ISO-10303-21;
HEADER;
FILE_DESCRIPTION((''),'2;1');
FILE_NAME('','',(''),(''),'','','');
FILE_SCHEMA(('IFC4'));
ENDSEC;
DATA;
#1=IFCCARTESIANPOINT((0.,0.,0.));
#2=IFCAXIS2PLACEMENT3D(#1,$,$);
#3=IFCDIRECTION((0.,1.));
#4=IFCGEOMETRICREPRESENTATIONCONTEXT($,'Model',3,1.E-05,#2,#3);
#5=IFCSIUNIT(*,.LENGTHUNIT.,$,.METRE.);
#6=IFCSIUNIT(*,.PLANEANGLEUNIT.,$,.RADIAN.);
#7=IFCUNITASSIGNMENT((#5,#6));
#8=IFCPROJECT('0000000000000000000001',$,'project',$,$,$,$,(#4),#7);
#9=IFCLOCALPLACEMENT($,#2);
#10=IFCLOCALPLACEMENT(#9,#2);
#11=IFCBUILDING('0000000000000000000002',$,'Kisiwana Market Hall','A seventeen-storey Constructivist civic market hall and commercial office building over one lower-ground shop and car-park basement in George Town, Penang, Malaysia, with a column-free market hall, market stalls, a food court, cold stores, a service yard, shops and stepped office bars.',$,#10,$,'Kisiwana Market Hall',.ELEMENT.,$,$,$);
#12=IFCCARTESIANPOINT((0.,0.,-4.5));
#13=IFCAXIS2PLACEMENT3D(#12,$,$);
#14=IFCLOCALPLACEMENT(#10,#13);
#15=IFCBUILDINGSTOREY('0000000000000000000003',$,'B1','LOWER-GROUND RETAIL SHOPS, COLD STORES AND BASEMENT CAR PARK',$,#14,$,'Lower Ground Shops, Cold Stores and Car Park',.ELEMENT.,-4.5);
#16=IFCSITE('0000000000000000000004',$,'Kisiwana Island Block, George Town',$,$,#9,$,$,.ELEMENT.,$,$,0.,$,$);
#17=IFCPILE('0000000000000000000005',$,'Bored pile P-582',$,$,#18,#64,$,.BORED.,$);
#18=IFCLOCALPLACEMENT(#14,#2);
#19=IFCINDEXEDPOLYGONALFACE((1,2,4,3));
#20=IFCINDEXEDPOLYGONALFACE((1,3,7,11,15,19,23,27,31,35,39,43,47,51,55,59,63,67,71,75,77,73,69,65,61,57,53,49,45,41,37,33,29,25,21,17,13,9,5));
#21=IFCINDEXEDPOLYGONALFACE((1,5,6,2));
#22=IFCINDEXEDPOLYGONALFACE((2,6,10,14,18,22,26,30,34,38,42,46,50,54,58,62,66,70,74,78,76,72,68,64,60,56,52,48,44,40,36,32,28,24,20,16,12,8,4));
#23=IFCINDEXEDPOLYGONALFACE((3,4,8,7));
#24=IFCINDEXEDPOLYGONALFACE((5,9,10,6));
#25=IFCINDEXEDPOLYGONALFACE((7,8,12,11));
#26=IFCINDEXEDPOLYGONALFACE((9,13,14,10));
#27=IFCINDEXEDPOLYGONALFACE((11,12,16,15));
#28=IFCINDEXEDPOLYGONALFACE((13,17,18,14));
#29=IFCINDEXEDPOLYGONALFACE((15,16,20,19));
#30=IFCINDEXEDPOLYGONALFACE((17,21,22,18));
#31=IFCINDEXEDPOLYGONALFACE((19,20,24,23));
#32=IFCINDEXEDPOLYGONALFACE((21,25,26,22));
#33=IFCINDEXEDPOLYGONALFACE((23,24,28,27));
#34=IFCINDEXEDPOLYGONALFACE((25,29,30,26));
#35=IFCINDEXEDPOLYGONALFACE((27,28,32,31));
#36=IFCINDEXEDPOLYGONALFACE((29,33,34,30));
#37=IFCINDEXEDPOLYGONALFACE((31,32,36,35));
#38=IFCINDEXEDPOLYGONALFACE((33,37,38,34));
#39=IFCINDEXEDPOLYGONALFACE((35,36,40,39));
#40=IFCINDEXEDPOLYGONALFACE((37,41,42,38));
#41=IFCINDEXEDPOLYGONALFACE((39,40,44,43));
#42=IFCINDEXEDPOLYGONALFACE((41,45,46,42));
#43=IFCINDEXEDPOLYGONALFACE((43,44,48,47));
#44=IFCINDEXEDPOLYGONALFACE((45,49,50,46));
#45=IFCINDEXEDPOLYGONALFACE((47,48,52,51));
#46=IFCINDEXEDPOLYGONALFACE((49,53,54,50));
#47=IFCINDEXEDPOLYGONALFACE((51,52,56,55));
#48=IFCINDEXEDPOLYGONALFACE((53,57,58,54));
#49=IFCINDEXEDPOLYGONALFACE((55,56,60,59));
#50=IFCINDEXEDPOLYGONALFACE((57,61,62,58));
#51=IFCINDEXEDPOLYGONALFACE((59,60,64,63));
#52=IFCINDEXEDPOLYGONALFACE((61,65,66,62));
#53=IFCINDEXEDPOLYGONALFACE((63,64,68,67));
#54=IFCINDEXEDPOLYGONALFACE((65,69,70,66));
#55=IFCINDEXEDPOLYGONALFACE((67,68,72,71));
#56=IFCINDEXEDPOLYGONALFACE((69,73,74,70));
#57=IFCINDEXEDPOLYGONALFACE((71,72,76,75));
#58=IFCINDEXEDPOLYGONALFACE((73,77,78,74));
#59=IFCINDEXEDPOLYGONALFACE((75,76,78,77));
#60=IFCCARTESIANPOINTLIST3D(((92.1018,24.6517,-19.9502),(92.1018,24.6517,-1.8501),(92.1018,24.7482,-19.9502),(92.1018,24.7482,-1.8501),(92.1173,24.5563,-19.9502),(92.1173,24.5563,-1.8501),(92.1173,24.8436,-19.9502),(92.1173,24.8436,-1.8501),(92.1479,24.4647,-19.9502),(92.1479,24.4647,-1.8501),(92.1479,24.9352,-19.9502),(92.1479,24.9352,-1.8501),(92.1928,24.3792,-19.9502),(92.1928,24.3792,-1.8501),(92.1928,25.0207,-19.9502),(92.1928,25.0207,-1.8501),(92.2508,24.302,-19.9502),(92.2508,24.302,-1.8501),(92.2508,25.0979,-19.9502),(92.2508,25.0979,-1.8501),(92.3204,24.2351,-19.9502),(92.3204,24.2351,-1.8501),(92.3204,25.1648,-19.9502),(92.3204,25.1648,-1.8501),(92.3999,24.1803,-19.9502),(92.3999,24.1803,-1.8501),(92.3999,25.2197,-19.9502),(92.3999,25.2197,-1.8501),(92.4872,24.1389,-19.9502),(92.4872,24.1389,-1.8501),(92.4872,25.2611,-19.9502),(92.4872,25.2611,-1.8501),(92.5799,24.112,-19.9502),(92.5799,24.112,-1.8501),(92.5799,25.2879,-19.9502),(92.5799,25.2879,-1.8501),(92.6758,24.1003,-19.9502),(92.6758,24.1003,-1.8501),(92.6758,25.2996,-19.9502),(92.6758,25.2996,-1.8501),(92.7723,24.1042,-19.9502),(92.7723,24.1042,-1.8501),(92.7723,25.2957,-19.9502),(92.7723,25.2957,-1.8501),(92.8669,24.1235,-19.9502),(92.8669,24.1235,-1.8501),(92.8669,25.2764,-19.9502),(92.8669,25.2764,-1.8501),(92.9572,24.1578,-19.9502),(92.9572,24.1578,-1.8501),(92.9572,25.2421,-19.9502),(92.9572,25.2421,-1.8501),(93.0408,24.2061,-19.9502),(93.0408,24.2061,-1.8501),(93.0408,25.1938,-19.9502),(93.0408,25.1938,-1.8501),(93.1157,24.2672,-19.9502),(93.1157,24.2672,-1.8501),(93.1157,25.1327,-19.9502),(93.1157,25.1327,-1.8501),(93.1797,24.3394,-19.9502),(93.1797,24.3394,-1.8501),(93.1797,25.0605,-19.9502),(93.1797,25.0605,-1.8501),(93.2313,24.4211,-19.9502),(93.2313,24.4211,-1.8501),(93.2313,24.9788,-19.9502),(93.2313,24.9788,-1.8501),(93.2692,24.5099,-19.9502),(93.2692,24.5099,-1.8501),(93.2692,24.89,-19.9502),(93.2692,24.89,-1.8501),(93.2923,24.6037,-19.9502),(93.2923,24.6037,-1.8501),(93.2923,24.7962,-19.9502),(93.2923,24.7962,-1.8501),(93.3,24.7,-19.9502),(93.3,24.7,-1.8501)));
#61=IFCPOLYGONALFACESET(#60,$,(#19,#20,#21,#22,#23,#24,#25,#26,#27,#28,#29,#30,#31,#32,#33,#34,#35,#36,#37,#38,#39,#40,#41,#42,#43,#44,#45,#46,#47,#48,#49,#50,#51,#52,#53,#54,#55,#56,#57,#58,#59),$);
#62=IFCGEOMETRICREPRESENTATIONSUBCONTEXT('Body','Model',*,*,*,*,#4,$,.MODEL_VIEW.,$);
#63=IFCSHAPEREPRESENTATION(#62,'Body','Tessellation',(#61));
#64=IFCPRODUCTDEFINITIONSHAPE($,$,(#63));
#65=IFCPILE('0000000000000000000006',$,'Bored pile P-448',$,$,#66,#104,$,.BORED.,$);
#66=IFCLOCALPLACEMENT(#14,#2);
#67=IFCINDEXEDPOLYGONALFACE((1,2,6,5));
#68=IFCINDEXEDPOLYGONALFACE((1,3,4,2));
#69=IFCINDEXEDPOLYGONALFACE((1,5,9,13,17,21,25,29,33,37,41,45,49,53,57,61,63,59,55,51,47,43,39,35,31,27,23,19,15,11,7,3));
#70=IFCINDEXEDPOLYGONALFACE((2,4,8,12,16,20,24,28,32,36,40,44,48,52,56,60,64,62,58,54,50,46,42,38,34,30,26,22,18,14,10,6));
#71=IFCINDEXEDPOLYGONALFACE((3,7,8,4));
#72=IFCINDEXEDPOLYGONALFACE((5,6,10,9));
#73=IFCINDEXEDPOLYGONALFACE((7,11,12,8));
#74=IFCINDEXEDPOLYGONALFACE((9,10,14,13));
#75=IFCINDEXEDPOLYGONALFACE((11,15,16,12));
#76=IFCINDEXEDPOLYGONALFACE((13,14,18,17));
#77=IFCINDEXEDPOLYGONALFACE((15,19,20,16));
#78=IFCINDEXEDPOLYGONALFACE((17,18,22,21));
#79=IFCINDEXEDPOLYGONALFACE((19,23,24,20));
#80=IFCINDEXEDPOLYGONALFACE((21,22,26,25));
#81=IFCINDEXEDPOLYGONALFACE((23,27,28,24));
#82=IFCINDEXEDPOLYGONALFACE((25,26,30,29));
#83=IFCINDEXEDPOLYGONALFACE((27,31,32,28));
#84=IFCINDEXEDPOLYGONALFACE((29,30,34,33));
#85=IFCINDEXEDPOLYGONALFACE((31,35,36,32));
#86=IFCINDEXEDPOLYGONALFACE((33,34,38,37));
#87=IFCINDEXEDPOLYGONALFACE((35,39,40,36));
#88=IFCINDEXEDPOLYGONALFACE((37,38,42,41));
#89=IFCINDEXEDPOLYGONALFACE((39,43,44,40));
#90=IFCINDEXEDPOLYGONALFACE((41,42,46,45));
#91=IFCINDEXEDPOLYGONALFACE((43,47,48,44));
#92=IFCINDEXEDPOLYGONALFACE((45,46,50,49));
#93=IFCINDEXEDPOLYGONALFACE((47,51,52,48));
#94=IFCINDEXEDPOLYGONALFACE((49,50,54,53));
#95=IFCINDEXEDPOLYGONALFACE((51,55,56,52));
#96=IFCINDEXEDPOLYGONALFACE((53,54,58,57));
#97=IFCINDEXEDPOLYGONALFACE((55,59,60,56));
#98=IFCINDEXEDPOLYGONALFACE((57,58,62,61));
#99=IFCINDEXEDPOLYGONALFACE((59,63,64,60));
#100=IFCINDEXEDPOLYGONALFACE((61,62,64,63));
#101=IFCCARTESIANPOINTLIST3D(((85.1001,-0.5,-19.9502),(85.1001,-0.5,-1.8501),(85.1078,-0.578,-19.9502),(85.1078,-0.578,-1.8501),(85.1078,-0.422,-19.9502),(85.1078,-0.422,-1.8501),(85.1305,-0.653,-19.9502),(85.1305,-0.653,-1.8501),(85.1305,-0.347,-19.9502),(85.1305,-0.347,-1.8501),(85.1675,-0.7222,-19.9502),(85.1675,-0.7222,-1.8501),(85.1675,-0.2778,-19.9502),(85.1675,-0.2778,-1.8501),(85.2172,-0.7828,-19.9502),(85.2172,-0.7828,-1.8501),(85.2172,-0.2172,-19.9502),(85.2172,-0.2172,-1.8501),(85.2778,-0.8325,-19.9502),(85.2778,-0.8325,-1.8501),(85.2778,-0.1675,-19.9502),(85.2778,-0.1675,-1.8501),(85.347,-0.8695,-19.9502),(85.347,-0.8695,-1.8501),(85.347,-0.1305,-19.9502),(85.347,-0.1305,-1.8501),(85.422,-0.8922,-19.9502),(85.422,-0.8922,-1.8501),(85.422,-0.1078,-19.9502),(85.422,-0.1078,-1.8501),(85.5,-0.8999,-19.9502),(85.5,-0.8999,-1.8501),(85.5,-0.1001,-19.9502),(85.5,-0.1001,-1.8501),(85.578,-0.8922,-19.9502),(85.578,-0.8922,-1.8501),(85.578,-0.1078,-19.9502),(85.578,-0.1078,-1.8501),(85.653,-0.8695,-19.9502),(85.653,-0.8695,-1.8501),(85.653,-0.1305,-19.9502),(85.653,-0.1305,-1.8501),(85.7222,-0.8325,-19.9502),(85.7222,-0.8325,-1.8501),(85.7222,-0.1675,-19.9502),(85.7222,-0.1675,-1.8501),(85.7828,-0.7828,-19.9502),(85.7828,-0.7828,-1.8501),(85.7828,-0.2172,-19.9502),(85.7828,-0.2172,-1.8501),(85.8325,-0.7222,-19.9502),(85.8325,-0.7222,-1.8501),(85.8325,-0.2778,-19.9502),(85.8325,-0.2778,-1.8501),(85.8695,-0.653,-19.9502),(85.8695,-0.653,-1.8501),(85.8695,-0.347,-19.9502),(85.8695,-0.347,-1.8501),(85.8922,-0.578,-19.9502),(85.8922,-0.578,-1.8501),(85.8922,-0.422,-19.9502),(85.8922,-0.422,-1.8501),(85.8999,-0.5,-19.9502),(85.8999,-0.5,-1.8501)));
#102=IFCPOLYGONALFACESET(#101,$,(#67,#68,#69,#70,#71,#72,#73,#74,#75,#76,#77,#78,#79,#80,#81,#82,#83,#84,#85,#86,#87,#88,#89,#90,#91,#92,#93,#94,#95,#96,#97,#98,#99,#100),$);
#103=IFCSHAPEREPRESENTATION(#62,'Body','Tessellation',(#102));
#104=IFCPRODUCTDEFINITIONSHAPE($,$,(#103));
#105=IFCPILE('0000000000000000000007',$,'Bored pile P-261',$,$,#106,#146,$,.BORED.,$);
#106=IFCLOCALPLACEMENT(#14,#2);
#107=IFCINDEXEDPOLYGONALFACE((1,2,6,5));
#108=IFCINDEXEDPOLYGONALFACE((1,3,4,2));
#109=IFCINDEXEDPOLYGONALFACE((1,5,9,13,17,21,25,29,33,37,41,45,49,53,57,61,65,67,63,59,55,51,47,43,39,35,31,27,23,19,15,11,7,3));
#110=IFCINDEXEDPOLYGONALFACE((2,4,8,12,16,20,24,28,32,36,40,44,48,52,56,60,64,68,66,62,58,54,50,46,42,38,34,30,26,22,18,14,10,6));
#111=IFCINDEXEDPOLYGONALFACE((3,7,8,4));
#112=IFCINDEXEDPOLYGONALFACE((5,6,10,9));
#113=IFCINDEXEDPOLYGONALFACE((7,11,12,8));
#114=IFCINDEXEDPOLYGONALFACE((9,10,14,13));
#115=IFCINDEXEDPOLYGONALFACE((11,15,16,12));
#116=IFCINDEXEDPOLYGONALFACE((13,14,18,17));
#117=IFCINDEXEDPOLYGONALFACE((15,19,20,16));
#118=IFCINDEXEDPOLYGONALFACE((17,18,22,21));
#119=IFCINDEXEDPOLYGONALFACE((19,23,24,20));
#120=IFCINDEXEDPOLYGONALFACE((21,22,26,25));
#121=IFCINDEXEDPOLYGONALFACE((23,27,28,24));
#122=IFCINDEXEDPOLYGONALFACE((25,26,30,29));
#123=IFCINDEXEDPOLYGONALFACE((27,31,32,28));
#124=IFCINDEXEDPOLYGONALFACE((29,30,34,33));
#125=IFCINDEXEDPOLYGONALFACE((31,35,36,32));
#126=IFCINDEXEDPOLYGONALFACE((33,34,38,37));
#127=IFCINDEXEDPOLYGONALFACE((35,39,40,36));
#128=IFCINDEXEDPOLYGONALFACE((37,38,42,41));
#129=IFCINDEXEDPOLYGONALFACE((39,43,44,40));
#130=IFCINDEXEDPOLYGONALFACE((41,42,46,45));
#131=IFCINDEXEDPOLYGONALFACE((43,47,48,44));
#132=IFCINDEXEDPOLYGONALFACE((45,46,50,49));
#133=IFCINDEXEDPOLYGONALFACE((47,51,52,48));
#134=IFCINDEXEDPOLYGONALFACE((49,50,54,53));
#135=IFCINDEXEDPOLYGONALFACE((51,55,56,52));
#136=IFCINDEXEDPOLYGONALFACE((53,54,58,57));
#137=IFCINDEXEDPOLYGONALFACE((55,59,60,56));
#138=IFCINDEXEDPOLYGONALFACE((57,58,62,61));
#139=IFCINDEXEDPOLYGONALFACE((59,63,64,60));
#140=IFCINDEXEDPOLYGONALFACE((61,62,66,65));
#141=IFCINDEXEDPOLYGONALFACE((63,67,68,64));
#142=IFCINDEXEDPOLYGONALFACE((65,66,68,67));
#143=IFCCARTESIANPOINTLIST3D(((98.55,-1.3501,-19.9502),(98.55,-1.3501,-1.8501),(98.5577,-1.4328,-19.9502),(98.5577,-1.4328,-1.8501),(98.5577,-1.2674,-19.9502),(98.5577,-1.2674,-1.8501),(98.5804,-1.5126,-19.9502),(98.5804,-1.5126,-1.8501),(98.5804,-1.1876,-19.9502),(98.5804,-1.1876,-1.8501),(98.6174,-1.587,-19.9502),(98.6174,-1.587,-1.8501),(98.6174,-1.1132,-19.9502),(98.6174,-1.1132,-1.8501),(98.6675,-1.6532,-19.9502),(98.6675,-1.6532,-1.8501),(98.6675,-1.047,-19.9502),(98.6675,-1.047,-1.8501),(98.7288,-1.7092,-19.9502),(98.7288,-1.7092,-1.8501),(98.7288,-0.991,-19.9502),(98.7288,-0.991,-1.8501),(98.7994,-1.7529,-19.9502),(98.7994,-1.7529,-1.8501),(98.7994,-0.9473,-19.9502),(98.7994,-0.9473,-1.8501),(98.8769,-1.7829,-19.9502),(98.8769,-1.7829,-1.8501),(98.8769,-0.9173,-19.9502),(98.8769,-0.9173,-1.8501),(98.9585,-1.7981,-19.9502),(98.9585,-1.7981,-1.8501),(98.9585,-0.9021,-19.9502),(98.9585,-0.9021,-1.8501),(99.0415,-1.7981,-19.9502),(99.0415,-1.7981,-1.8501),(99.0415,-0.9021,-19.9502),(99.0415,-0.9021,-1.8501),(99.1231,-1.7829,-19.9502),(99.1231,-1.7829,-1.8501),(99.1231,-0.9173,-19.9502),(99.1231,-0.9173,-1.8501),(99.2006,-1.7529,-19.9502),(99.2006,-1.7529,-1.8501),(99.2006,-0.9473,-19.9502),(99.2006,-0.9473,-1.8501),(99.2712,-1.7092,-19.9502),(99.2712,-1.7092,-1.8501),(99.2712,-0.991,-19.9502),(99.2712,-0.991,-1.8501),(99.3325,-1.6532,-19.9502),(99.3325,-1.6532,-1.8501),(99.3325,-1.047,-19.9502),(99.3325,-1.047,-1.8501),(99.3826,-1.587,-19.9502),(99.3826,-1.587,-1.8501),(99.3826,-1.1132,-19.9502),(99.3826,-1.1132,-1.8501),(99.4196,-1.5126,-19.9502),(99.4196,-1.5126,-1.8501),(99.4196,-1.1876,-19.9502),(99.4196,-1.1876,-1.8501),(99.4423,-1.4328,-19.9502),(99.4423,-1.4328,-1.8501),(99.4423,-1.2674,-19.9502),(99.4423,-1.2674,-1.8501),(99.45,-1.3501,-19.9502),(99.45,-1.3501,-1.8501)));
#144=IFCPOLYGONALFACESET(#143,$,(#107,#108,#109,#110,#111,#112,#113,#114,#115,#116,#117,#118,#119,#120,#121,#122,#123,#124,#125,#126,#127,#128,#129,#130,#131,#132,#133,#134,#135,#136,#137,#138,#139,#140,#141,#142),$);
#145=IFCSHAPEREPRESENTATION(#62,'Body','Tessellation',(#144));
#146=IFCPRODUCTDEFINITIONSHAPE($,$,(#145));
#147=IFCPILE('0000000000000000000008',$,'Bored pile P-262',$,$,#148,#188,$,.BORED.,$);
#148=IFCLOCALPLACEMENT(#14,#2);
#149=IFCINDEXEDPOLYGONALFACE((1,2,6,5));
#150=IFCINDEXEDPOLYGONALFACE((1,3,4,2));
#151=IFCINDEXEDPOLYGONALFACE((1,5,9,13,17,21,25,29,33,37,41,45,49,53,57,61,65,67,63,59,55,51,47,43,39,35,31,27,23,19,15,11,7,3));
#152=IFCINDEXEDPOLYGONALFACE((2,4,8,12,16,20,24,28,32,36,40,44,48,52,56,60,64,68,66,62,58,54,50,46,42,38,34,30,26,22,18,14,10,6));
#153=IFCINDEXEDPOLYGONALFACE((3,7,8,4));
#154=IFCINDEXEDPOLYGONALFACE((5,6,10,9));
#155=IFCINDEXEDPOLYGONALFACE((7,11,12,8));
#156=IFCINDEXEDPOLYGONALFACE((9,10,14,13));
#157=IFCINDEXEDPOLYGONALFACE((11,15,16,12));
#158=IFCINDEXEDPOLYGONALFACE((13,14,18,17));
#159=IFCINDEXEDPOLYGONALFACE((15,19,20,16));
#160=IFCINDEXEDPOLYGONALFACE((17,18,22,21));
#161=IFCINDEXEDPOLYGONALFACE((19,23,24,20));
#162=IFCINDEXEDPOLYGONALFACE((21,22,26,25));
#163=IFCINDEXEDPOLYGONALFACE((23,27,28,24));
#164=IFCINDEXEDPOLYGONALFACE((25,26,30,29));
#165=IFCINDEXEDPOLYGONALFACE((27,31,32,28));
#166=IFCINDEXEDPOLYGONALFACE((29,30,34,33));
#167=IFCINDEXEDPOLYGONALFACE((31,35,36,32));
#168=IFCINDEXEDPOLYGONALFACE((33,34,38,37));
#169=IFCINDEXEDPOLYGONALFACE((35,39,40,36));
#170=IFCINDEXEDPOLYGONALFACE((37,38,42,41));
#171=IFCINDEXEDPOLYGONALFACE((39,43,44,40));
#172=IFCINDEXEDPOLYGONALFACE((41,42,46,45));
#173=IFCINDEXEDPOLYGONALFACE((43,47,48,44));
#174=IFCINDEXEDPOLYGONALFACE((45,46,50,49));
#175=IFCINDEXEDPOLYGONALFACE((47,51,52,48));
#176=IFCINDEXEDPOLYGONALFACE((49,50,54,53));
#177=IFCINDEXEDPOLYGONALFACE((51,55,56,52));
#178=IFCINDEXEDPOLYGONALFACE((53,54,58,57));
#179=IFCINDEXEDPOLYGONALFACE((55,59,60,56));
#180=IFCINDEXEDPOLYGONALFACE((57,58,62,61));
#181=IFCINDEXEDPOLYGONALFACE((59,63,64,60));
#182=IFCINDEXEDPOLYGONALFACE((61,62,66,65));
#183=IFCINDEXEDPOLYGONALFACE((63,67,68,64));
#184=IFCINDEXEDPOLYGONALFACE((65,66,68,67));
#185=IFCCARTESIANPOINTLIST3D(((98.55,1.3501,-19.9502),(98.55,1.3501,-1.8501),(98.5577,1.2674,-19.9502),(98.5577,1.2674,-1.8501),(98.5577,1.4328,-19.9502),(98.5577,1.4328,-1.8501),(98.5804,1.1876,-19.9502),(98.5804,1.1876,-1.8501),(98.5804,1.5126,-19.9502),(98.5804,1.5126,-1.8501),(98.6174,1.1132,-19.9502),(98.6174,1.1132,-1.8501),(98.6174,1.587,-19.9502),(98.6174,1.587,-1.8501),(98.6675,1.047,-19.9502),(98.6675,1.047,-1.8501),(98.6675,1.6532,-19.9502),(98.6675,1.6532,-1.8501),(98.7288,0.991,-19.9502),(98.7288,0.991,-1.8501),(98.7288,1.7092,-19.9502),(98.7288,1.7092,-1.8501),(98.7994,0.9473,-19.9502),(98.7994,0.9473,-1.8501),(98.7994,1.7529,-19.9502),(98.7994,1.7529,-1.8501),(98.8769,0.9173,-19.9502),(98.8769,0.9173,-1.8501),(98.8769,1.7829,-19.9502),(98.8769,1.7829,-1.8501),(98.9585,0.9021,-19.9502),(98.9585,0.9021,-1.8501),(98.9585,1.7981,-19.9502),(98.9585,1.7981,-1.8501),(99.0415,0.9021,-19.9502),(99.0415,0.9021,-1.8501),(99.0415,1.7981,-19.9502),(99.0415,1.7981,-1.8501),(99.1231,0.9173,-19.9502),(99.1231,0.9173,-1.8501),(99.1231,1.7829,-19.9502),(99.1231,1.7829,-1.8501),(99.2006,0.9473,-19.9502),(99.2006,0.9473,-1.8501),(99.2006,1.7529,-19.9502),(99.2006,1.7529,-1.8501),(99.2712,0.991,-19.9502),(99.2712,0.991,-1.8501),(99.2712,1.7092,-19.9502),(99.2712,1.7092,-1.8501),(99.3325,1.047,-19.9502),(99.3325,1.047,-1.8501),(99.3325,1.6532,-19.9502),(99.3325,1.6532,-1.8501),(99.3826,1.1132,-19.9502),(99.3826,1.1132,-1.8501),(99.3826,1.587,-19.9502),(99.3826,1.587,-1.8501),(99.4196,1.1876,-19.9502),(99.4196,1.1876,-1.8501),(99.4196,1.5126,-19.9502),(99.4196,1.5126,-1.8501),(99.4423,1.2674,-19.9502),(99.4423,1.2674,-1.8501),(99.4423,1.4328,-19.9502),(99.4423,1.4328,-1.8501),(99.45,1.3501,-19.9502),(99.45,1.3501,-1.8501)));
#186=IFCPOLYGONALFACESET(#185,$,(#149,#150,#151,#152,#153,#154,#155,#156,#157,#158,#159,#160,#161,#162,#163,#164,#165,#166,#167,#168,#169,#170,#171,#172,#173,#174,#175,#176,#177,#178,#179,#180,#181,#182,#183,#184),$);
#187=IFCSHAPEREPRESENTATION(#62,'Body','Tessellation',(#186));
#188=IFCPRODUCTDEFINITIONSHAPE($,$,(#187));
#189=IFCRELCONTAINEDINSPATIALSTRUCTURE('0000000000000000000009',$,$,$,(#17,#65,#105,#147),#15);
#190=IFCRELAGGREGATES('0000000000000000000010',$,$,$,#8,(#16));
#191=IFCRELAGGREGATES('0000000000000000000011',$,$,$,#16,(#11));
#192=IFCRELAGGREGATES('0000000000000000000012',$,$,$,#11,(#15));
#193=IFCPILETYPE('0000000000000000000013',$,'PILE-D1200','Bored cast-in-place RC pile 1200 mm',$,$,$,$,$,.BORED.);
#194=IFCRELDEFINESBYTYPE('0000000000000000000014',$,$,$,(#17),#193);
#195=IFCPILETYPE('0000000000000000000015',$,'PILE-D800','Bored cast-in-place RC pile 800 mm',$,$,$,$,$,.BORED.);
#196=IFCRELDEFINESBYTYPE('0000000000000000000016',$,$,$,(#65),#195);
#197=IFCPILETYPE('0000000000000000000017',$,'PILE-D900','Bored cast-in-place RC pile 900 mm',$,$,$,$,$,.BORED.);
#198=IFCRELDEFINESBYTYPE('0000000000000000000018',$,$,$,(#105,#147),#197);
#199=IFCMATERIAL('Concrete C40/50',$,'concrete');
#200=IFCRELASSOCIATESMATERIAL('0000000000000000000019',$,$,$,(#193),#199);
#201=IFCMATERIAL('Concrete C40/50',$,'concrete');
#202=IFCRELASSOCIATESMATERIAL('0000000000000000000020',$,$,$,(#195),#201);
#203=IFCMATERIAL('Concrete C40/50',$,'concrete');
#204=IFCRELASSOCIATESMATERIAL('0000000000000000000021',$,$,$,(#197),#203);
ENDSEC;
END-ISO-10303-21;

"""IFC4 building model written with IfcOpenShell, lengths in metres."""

from ifc_helpers import new_model, si_unit, direction, frame, origin, origin_2d, place, context, subcontext, project, spatial, circle, extrude, material, material_profile, profile_set, type_object, element, save


model = new_model("IFC4")

# Units and contexts
model_context = context("Model", 3, precision=1e-05, world=origin(), true_north=direction((0.0, 1.0)))
body_context = subcontext(model_context, "Body", "Model", "MODEL_VIEW")
ifc_project = project(units=[si_unit("LENGTHUNIT", "METRE"), si_unit("PLANEANGLEUNIT", "RADIAN")], contexts=[model_context])

# Site, building, storey
site_placement = place(None, origin())
site = spatial("IfcSite", under=ifc_project, at=site_placement, Name="Kisiwana Island Block, George Town", CompositionType="ELEMENT", RefElevation=0.0)
building_placement = place(site_placement, origin())
building = spatial("IfcBuilding", under=site, at=building_placement, Name="Kisiwana Market Hall", Description="A seventeen-storey Constructivist civic market hall and commercial office building over one lower-ground shop and car-park basement in George Town, Penang, Malaysia, with a column-free market hall, market stalls, a food court, cold stores, a service yard, shops and stepped office bars.", LongName="Kisiwana Market Hall", CompositionType="ELEMENT")
storey_placement = place(building_placement, frame((0.0, 0.0, -4.5)))
storey = spatial("IfcBuildingStorey", under=building, at=storey_placement, Name="B1", Description="LOWER-GROUND RETAIL SHOPS, COLD STORES AND BASEMENT CAR PARK", LongName="Lower Ground Shops, Cold Stores and Car Park", CompositionType="ELEMENT", Elevation=-4.5)

# Piles
ifc_material_1 = material(Name="Concrete C40/50", Category="concrete")
ifc_material_profile_1 = material_profile(ifc_material_1, circle(Radius=0.6001, at=origin_2d()), Name="BP D1200")
ifc_profile_set_1 = profile_set([ifc_material_profile_1], Name="Concrete C40/50")
pile_type_1 = type_object("IfcPileType", Name="PILE-D1200", Description="Bored cast-in-place RC pile 1200 mm", PredefinedType="BORED", material=ifc_profile_set_1)
for number, where, z_axis, x_axis, name in (
    (1, (92.7, 24.7, -1.8501), (0.0, 0.0, -1.0), (1.0, 0.0, 0.0), "Bored pile P-582"),
):
    element("IfcPile", number, at=place(storey_placement, frame(where, z_axis=z_axis, x_axis=x_axis)), inside=storey, type_object=pile_type_1, Name=name, PredefinedType="BORED", context=body_context, shape_type="SweptSolid", body=[
        extrude(circle(Radius=0.6001, at=origin_2d()), origin(), (0.0, 0.0, 1.0), 18.1001),
    ])
ifc_material_2 = material(Name="Concrete C40/50", Category="concrete")
ifc_material_profile_2 = material_profile(ifc_material_2, circle(Radius=0.3999, at=origin_2d()), Name="BP D800")
ifc_profile_set_2 = profile_set([ifc_material_profile_2], Name="Concrete C40/50")
pile_type_2 = type_object("IfcPileType", Name="PILE-D800", Description="Bored cast-in-place RC pile 800 mm", PredefinedType="BORED", material=ifc_profile_set_2)
pile_placement = place(storey_placement, frame((85.5, -0.5, -1.8501), z_axis=(0.0, 0.0, -1.0), x_axis=(1.0, 0.0, 0.0)))
element("IfcPile", 2, at=pile_placement, inside=storey, type_object=pile_type_2, Name="Bored pile P-448", PredefinedType="BORED", context=body_context, shape_type="SweptSolid", body=[
    extrude(circle(Radius=0.3999, at=origin_2d()), origin(), (0.0, 0.0, 1.0), 18.1001),
])
ifc_material_3 = material(Name="Concrete C40/50", Category="concrete")
ifc_material_profile_3 = material_profile(ifc_material_3, circle(Radius=0.45, at=origin_2d()), Name="BP D900")
ifc_profile_set_3 = profile_set([ifc_material_profile_3], Name="Concrete C40/50")
pile_type_3 = type_object("IfcPileType", Name="PILE-D900", Description="Bored cast-in-place RC pile 900 mm", PredefinedType="BORED", material=ifc_profile_set_3)
for number, where, z_axis, x_axis, name in (
    (3, (99.0, -1.3501, -1.8501), (0.0, 0.0, -1.0), (1.0, 0.0, 0.0), "Bored pile P-261"),
    (4, (99.0, 1.3501, -1.8501), (0.0, 0.0, -1.0), (1.0, 0.0, 0.0), "Bored pile P-262"),
):
    element("IfcPile", number, at=place(storey_placement, frame(where, z_axis=z_axis, x_axis=x_axis)), inside=storey, type_object=pile_type_3, Name=name, PredefinedType="BORED", context=body_context, shape_type="SweptSolid", body=[
        extrude(circle(Radius=0.45, at=origin_2d()), origin(), (0.0, 0.0, 1.0), 18.1001),
    ])

save(model, "model.ifc")
